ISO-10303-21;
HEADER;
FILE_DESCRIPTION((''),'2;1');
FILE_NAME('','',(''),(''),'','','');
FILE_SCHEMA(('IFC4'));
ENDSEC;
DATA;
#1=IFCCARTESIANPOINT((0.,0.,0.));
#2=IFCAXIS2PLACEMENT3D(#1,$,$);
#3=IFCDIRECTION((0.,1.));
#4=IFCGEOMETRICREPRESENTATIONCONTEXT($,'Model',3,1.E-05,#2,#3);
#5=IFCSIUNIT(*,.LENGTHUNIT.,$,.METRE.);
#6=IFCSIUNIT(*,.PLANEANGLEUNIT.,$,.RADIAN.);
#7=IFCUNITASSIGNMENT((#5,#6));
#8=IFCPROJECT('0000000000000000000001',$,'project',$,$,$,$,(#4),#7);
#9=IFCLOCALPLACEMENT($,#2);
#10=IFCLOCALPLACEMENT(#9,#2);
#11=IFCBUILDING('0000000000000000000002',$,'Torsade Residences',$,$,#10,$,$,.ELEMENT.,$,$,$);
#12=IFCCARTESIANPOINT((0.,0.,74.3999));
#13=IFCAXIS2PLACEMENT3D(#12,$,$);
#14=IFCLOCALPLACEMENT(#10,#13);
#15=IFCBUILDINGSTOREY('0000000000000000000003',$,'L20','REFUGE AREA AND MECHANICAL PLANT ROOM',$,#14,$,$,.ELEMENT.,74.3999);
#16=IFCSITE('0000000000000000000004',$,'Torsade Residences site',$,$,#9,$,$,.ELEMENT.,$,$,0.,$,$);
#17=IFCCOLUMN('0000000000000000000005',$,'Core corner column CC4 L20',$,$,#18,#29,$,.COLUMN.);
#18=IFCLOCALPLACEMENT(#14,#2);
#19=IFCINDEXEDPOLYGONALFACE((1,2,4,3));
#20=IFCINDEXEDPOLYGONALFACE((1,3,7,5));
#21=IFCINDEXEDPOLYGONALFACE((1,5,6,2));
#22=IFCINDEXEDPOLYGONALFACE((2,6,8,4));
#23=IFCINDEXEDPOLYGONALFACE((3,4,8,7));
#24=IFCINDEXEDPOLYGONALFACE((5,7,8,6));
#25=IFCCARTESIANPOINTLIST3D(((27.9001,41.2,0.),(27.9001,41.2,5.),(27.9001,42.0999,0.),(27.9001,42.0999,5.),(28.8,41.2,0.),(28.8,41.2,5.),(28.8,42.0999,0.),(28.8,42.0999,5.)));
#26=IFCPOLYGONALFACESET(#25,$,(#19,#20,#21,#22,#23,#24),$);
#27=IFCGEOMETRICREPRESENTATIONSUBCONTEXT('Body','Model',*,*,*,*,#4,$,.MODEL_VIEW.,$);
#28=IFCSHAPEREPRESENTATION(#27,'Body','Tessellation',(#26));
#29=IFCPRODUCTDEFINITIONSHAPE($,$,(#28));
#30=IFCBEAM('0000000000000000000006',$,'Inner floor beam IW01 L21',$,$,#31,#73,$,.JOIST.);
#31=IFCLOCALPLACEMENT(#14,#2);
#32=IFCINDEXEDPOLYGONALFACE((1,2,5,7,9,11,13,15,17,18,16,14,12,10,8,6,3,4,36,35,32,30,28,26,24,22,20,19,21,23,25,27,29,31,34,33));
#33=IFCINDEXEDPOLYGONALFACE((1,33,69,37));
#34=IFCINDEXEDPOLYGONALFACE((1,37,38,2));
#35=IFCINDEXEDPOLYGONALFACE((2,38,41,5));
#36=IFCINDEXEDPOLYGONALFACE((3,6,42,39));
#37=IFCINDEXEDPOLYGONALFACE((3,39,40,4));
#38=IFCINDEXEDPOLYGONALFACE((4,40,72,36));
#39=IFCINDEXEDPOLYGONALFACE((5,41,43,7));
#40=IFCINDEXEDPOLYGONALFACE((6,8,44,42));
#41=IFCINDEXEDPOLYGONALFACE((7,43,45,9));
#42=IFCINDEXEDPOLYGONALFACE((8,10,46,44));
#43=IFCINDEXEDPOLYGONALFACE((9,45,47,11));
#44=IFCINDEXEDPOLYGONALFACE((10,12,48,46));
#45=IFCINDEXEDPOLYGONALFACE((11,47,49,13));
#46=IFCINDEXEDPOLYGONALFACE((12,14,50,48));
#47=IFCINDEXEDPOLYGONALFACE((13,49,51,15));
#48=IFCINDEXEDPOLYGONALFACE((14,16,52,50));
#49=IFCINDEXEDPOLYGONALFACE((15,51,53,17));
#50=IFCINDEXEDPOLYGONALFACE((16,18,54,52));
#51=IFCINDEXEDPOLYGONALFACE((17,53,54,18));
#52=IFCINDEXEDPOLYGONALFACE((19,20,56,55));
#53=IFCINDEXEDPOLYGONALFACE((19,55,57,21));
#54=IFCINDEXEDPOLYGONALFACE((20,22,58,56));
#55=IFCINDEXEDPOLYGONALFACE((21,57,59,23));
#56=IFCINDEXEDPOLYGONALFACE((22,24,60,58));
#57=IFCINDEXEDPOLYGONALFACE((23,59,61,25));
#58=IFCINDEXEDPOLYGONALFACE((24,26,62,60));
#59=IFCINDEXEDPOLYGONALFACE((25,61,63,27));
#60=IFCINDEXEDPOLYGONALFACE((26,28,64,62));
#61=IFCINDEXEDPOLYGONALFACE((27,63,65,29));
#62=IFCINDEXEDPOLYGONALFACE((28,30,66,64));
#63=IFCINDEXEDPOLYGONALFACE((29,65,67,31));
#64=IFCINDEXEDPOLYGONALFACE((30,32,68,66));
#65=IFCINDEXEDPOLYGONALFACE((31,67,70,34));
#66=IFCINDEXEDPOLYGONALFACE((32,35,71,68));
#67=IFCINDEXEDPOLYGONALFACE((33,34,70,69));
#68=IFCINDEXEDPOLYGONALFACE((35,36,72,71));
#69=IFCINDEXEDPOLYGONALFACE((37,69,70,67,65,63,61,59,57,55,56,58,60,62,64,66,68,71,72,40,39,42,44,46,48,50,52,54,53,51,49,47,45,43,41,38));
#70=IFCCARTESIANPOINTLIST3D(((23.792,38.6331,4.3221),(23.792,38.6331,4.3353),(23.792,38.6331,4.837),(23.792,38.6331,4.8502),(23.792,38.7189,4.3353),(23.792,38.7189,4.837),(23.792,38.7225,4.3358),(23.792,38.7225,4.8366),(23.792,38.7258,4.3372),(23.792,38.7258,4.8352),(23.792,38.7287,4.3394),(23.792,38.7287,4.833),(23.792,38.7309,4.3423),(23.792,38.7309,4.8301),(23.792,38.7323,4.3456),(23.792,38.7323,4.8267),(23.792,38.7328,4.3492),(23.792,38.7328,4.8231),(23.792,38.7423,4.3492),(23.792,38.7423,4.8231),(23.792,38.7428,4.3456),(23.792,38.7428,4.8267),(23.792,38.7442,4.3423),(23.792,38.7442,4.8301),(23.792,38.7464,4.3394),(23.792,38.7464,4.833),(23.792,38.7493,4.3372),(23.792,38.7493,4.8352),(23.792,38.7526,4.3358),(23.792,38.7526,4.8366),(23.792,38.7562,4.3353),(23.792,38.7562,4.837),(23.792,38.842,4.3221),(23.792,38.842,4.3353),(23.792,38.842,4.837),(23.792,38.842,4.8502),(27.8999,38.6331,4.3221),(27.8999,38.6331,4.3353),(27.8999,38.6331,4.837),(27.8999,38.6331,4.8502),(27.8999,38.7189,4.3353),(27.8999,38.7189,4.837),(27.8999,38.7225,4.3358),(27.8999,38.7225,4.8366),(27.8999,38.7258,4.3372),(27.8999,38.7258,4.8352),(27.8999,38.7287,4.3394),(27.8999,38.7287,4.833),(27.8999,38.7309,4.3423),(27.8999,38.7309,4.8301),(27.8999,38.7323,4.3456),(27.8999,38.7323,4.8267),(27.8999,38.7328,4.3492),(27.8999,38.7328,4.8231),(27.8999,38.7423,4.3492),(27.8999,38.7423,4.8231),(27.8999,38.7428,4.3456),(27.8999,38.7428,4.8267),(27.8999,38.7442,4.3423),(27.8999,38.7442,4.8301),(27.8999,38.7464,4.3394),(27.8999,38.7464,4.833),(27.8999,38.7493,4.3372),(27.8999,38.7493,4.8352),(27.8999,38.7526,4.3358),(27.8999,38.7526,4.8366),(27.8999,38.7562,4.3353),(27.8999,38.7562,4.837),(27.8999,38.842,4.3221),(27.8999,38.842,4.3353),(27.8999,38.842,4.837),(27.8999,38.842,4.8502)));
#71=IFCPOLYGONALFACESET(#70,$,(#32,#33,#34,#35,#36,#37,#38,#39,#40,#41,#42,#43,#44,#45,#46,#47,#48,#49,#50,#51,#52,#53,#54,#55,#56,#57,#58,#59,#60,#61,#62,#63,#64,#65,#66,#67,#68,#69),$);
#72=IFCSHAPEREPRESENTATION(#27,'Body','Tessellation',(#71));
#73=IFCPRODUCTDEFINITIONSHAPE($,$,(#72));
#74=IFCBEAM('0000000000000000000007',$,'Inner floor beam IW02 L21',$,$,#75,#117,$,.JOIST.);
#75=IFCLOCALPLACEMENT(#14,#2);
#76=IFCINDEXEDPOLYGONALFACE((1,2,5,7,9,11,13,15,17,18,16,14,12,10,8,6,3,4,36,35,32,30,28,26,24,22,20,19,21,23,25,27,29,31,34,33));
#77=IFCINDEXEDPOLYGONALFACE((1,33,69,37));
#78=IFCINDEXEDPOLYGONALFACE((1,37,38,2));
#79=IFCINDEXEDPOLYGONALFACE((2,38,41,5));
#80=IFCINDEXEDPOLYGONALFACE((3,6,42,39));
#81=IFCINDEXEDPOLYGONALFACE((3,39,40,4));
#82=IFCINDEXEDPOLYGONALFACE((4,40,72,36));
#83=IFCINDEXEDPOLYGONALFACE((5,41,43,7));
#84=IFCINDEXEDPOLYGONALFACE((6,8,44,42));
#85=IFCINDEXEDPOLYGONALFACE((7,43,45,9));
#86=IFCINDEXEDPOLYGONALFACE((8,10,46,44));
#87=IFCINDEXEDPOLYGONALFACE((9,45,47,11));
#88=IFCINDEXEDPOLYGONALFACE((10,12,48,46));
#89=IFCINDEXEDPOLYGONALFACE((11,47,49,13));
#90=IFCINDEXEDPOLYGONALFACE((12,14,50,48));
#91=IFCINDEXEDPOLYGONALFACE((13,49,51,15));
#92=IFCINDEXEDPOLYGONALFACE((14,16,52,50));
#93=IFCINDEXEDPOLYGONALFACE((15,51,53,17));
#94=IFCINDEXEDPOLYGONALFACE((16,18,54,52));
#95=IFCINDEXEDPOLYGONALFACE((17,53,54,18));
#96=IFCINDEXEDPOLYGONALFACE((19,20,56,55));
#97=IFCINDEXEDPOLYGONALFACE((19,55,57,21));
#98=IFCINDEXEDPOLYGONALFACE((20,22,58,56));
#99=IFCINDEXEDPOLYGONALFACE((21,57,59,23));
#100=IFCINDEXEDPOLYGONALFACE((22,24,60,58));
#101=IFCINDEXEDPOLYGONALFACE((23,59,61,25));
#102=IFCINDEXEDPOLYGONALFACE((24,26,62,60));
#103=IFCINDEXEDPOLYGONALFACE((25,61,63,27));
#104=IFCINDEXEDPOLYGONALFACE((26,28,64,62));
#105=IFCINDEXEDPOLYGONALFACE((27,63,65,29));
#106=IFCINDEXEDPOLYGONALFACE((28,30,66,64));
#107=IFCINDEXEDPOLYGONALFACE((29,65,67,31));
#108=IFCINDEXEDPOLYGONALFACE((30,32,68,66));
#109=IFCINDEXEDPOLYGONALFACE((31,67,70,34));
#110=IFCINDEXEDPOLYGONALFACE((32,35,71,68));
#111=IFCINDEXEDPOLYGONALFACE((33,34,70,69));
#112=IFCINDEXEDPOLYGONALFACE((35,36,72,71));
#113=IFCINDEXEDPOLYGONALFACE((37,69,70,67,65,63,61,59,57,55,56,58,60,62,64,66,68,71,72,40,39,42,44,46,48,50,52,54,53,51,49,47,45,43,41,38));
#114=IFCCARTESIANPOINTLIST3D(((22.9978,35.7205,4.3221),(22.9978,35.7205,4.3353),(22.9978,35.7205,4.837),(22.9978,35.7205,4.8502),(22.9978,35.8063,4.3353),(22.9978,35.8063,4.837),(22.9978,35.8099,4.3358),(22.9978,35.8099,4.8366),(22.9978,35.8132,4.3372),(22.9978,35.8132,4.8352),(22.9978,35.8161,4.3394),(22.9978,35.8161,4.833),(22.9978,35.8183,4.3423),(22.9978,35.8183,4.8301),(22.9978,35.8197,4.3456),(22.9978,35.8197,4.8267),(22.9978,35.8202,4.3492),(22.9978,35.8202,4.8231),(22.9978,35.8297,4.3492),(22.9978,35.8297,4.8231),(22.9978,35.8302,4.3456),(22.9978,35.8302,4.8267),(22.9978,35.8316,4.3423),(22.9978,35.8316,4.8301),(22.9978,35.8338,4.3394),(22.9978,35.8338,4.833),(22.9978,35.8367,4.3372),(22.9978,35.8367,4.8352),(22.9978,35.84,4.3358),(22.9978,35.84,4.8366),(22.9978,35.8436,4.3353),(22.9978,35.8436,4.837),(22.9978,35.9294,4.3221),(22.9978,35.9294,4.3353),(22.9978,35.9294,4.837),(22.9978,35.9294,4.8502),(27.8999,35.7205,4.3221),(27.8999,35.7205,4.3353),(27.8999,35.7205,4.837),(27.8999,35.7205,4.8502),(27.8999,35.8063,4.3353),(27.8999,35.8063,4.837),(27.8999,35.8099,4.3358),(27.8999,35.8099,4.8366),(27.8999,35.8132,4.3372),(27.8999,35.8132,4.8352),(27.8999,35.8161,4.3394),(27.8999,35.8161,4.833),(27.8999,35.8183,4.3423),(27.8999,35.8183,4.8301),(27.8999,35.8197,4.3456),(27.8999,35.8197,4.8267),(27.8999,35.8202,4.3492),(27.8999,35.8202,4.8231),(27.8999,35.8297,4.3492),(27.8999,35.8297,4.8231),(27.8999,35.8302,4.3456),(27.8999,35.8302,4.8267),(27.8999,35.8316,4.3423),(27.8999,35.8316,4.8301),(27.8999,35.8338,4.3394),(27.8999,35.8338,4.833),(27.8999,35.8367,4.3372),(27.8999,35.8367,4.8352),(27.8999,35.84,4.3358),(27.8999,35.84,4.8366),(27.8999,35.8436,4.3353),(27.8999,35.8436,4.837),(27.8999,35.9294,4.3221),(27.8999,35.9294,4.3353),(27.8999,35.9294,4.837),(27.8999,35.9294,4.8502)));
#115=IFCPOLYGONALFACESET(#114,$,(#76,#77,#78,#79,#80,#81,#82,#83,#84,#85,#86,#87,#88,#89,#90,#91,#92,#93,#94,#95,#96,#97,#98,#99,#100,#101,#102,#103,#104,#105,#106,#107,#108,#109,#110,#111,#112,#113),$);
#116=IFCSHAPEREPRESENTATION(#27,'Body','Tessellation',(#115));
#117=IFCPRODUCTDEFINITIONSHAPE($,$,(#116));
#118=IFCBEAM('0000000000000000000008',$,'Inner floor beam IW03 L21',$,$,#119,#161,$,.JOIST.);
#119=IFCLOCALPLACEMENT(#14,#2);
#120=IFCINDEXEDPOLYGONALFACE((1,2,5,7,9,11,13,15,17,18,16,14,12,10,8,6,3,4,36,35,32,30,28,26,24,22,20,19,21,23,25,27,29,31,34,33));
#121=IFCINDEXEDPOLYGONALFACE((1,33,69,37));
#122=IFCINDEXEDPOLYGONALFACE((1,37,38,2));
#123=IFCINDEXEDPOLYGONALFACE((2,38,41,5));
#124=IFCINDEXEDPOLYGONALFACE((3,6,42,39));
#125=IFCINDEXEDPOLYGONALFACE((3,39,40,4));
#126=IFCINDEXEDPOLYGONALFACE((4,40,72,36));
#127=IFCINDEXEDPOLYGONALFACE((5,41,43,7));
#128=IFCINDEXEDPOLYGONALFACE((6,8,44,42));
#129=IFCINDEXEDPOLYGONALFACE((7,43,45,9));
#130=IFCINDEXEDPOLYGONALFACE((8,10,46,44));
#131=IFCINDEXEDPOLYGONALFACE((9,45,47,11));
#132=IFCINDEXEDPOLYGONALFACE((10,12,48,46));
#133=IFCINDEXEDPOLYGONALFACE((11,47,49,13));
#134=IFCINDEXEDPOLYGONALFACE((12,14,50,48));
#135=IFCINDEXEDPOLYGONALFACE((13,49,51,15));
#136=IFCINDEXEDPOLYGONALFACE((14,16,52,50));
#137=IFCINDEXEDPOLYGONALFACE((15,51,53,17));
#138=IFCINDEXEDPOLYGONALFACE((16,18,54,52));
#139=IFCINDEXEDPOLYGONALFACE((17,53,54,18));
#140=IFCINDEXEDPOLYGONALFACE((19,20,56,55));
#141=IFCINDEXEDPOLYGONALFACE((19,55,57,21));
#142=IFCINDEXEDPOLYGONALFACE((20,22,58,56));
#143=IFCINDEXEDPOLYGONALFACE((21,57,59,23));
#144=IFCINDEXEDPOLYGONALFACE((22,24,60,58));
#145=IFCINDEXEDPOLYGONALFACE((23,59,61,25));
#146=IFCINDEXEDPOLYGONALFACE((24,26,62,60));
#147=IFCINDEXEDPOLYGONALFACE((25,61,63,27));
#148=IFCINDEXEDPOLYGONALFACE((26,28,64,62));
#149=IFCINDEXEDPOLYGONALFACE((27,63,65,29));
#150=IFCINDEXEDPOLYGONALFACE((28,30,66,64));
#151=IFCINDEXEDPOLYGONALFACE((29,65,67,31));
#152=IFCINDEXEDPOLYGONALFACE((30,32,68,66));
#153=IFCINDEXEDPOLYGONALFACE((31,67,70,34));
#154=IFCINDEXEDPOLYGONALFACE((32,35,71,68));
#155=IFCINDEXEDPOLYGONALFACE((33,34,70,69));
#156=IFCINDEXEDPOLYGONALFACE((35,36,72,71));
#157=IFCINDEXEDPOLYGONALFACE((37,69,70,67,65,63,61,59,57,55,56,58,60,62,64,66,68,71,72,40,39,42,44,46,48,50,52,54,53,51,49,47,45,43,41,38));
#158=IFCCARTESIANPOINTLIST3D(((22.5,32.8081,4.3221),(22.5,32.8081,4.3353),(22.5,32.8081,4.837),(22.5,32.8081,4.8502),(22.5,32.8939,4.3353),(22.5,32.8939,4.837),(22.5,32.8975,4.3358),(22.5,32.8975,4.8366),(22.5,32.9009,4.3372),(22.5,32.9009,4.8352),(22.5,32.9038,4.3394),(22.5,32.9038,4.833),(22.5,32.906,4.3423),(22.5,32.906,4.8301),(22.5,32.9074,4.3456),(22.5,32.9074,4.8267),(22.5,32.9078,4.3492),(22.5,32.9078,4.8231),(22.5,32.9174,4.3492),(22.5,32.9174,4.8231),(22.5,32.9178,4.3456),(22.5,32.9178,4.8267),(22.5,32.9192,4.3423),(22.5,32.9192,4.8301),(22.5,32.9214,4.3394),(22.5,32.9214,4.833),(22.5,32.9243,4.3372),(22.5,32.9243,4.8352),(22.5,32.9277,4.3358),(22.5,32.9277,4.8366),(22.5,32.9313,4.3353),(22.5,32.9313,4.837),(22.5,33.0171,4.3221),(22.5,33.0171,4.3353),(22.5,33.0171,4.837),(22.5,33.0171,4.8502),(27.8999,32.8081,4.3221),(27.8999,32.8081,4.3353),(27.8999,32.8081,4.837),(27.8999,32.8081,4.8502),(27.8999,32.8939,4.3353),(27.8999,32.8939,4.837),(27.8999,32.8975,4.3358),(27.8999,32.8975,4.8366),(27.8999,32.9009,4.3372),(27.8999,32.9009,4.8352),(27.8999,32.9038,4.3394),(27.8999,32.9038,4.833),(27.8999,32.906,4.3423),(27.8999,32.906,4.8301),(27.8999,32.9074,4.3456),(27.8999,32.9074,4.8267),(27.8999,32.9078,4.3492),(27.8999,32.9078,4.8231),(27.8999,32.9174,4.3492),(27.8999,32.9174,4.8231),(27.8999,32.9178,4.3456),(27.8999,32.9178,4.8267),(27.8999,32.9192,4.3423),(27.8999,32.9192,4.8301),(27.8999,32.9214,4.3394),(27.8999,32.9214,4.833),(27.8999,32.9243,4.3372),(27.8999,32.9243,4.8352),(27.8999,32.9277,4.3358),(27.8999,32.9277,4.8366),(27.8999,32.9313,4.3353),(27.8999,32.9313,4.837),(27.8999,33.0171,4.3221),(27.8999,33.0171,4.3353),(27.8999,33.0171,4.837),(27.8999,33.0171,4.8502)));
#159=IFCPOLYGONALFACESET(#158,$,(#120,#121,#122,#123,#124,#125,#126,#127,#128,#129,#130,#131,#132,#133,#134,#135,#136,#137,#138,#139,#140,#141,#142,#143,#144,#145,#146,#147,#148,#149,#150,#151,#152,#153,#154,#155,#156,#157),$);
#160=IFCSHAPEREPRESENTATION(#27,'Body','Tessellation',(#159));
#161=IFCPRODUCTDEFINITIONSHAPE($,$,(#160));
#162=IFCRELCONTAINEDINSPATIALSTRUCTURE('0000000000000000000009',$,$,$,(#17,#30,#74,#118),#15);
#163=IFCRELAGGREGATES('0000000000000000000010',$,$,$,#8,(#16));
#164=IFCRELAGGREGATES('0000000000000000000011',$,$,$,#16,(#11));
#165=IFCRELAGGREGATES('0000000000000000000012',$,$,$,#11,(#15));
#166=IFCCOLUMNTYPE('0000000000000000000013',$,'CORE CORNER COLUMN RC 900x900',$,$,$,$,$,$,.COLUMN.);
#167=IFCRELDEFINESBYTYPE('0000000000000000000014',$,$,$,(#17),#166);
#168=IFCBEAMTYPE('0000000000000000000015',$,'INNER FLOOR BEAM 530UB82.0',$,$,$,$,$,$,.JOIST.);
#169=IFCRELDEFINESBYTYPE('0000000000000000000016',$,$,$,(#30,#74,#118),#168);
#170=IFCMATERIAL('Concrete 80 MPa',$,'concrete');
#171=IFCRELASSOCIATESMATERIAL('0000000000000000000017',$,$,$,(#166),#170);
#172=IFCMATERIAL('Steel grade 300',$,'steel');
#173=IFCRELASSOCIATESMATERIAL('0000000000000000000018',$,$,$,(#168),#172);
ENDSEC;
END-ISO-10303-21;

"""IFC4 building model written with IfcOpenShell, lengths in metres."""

from ifc_helpers import new_model, si_unit, direction, frame, origin, origin_2d, place, context, subcontext, project, spatial, rectangle, i_section, extrude, material, material_profile, profile_set, type_object, element, save


model = new_model("IFC4")

# Units and contexts
model_context = context("Model", 3, precision=1e-05, world=origin(), true_north=direction((0.0, 1.0)))
body_context = subcontext(model_context, "Body", "Model", "MODEL_VIEW")
ifc_project = project(units=[si_unit("LENGTHUNIT", "METRE"), si_unit("PLANEANGLEUNIT", "RADIAN")], contexts=[model_context])

# Site, building, storey
site_placement = place(None, origin())
site = spatial("IfcSite", under=ifc_project, at=site_placement, Name="Torsade Residences site", CompositionType="ELEMENT", RefElevation=0.0)
building_placement = place(site_placement, origin())
building = spatial("IfcBuilding", under=site, at=building_placement, Name="Torsade Residences", CompositionType="ELEMENT")
storey_placement = place(building_placement, frame((0.0, 0.0, 74.3999)))
storey = spatial("IfcBuildingStorey", under=building, at=storey_placement, Name="L20", Description="REFUGE AREA AND MECHANICAL PLANT ROOM", CompositionType="ELEMENT", Elevation=74.3999)

# Column
ifc_material_1 = material(Name="Concrete 80 MPa", Category="concrete")
ifc_material_profile_1 = material_profile(ifc_material_1, rectangle(XDim=0.8999, YDim=0.8999, at=origin_2d()), Name="RC 900x900")
ifc_profile_set_1 = profile_set([ifc_material_profile_1], Name="Concrete 80 MPa")
column_type = type_object("IfcColumnType", Name="CORE CORNER COLUMN RC 900x900", PredefinedType="COLUMN", material=ifc_profile_set_1)
column_placement = place(storey_placement, frame((28.3501, 41.6499, 0.0), z_axis=(0.0, 0.0, 1.0), x_axis=(1.0, 0.0, 0.0)))
element("IfcColumn", 1, at=column_placement, inside=storey, type_object=column_type, Name="Core corner column CC4 L20", PredefinedType="COLUMN", context=body_context, shape_type="SweptSolid", body=[
    extrude(rectangle(XDim=0.8999, YDim=0.8999, at=origin_2d()), origin(), (0.0, 0.0, 1.0), 5.0),
])

# Beams
ifc_material_2 = material(Name="Steel grade 300", Category="steel")
ifc_material_profile_2 = material_profile(ifc_material_2, i_section(OverallWidth=0.209, OverallDepth=0.5281, WebThickness=0.0095, FlangeThickness=0.0132, FilletRadius=0.0139, at=origin_2d()), Name="530UB82.0")
ifc_profile_set_2 = profile_set([ifc_material_profile_2], Name="Steel grade 300")
beam_type = type_object("IfcBeamType", Name="INNER FLOOR BEAM 530UB82.0", PredefinedType="JOIST", material=ifc_profile_set_2)
beam_1_placement = place(storey_placement, frame((27.8999, 38.7375, 4.5862), z_axis=(-1.0, 0.0, 0.0), x_axis=(0.0, -1.0, 0.0)))
element("IfcBeam", 2, at=beam_1_placement, inside=storey, type_object=beam_type, Name="Inner floor beam IW01 L21", PredefinedType="JOIST", context=body_context, shape_type="SweptSolid", body=[
    extrude(i_section(OverallWidth=0.209, OverallDepth=0.5281, WebThickness=0.0095, FlangeThickness=0.0132, FilletRadius=0.0139, at=origin_2d()), origin(), (0.0, 0.0, 1.0), 4.1079),
])
beam_2_placement = place(storey_placement, frame((27.8999, 35.825, 4.5862), z_axis=(-1.0, 0.0, 0.0), x_axis=(0.0, -1.0, 0.0)))
element("IfcBeam", 3, at=beam_2_placement, inside=storey, type_object=beam_type, Name="Inner floor beam IW02 L21", PredefinedType="JOIST", context=body_context, shape_type="SweptSolid", body=[
    extrude(i_section(OverallWidth=0.209, OverallDepth=0.5281, WebThickness=0.0095, FlangeThickness=0.0132, FilletRadius=0.0139, at=origin_2d()), origin(), (0.0, 0.0, 1.0), 4.9021),
])
beam_3_placement = place(storey_placement, frame((27.8999, 32.9126, 4.5862), z_axis=(-1.0, 0.0, 0.0), x_axis=(0.0, -1.0, 0.0)))
element("IfcBeam", 4, at=beam_3_placement, inside=storey, type_object=beam_type, Name="Inner floor beam IW03 L21", PredefinedType="JOIST", context=body_context, shape_type="SweptSolid", body=[
    extrude(i_section(OverallWidth=0.209, OverallDepth=0.5281, WebThickness=0.0095, FlangeThickness=0.0132, FilletRadius=0.0139, at=origin_2d()), origin(), (0.0, 0.0, 1.0), 5.3999),
])

save(model, "model.ifc")
